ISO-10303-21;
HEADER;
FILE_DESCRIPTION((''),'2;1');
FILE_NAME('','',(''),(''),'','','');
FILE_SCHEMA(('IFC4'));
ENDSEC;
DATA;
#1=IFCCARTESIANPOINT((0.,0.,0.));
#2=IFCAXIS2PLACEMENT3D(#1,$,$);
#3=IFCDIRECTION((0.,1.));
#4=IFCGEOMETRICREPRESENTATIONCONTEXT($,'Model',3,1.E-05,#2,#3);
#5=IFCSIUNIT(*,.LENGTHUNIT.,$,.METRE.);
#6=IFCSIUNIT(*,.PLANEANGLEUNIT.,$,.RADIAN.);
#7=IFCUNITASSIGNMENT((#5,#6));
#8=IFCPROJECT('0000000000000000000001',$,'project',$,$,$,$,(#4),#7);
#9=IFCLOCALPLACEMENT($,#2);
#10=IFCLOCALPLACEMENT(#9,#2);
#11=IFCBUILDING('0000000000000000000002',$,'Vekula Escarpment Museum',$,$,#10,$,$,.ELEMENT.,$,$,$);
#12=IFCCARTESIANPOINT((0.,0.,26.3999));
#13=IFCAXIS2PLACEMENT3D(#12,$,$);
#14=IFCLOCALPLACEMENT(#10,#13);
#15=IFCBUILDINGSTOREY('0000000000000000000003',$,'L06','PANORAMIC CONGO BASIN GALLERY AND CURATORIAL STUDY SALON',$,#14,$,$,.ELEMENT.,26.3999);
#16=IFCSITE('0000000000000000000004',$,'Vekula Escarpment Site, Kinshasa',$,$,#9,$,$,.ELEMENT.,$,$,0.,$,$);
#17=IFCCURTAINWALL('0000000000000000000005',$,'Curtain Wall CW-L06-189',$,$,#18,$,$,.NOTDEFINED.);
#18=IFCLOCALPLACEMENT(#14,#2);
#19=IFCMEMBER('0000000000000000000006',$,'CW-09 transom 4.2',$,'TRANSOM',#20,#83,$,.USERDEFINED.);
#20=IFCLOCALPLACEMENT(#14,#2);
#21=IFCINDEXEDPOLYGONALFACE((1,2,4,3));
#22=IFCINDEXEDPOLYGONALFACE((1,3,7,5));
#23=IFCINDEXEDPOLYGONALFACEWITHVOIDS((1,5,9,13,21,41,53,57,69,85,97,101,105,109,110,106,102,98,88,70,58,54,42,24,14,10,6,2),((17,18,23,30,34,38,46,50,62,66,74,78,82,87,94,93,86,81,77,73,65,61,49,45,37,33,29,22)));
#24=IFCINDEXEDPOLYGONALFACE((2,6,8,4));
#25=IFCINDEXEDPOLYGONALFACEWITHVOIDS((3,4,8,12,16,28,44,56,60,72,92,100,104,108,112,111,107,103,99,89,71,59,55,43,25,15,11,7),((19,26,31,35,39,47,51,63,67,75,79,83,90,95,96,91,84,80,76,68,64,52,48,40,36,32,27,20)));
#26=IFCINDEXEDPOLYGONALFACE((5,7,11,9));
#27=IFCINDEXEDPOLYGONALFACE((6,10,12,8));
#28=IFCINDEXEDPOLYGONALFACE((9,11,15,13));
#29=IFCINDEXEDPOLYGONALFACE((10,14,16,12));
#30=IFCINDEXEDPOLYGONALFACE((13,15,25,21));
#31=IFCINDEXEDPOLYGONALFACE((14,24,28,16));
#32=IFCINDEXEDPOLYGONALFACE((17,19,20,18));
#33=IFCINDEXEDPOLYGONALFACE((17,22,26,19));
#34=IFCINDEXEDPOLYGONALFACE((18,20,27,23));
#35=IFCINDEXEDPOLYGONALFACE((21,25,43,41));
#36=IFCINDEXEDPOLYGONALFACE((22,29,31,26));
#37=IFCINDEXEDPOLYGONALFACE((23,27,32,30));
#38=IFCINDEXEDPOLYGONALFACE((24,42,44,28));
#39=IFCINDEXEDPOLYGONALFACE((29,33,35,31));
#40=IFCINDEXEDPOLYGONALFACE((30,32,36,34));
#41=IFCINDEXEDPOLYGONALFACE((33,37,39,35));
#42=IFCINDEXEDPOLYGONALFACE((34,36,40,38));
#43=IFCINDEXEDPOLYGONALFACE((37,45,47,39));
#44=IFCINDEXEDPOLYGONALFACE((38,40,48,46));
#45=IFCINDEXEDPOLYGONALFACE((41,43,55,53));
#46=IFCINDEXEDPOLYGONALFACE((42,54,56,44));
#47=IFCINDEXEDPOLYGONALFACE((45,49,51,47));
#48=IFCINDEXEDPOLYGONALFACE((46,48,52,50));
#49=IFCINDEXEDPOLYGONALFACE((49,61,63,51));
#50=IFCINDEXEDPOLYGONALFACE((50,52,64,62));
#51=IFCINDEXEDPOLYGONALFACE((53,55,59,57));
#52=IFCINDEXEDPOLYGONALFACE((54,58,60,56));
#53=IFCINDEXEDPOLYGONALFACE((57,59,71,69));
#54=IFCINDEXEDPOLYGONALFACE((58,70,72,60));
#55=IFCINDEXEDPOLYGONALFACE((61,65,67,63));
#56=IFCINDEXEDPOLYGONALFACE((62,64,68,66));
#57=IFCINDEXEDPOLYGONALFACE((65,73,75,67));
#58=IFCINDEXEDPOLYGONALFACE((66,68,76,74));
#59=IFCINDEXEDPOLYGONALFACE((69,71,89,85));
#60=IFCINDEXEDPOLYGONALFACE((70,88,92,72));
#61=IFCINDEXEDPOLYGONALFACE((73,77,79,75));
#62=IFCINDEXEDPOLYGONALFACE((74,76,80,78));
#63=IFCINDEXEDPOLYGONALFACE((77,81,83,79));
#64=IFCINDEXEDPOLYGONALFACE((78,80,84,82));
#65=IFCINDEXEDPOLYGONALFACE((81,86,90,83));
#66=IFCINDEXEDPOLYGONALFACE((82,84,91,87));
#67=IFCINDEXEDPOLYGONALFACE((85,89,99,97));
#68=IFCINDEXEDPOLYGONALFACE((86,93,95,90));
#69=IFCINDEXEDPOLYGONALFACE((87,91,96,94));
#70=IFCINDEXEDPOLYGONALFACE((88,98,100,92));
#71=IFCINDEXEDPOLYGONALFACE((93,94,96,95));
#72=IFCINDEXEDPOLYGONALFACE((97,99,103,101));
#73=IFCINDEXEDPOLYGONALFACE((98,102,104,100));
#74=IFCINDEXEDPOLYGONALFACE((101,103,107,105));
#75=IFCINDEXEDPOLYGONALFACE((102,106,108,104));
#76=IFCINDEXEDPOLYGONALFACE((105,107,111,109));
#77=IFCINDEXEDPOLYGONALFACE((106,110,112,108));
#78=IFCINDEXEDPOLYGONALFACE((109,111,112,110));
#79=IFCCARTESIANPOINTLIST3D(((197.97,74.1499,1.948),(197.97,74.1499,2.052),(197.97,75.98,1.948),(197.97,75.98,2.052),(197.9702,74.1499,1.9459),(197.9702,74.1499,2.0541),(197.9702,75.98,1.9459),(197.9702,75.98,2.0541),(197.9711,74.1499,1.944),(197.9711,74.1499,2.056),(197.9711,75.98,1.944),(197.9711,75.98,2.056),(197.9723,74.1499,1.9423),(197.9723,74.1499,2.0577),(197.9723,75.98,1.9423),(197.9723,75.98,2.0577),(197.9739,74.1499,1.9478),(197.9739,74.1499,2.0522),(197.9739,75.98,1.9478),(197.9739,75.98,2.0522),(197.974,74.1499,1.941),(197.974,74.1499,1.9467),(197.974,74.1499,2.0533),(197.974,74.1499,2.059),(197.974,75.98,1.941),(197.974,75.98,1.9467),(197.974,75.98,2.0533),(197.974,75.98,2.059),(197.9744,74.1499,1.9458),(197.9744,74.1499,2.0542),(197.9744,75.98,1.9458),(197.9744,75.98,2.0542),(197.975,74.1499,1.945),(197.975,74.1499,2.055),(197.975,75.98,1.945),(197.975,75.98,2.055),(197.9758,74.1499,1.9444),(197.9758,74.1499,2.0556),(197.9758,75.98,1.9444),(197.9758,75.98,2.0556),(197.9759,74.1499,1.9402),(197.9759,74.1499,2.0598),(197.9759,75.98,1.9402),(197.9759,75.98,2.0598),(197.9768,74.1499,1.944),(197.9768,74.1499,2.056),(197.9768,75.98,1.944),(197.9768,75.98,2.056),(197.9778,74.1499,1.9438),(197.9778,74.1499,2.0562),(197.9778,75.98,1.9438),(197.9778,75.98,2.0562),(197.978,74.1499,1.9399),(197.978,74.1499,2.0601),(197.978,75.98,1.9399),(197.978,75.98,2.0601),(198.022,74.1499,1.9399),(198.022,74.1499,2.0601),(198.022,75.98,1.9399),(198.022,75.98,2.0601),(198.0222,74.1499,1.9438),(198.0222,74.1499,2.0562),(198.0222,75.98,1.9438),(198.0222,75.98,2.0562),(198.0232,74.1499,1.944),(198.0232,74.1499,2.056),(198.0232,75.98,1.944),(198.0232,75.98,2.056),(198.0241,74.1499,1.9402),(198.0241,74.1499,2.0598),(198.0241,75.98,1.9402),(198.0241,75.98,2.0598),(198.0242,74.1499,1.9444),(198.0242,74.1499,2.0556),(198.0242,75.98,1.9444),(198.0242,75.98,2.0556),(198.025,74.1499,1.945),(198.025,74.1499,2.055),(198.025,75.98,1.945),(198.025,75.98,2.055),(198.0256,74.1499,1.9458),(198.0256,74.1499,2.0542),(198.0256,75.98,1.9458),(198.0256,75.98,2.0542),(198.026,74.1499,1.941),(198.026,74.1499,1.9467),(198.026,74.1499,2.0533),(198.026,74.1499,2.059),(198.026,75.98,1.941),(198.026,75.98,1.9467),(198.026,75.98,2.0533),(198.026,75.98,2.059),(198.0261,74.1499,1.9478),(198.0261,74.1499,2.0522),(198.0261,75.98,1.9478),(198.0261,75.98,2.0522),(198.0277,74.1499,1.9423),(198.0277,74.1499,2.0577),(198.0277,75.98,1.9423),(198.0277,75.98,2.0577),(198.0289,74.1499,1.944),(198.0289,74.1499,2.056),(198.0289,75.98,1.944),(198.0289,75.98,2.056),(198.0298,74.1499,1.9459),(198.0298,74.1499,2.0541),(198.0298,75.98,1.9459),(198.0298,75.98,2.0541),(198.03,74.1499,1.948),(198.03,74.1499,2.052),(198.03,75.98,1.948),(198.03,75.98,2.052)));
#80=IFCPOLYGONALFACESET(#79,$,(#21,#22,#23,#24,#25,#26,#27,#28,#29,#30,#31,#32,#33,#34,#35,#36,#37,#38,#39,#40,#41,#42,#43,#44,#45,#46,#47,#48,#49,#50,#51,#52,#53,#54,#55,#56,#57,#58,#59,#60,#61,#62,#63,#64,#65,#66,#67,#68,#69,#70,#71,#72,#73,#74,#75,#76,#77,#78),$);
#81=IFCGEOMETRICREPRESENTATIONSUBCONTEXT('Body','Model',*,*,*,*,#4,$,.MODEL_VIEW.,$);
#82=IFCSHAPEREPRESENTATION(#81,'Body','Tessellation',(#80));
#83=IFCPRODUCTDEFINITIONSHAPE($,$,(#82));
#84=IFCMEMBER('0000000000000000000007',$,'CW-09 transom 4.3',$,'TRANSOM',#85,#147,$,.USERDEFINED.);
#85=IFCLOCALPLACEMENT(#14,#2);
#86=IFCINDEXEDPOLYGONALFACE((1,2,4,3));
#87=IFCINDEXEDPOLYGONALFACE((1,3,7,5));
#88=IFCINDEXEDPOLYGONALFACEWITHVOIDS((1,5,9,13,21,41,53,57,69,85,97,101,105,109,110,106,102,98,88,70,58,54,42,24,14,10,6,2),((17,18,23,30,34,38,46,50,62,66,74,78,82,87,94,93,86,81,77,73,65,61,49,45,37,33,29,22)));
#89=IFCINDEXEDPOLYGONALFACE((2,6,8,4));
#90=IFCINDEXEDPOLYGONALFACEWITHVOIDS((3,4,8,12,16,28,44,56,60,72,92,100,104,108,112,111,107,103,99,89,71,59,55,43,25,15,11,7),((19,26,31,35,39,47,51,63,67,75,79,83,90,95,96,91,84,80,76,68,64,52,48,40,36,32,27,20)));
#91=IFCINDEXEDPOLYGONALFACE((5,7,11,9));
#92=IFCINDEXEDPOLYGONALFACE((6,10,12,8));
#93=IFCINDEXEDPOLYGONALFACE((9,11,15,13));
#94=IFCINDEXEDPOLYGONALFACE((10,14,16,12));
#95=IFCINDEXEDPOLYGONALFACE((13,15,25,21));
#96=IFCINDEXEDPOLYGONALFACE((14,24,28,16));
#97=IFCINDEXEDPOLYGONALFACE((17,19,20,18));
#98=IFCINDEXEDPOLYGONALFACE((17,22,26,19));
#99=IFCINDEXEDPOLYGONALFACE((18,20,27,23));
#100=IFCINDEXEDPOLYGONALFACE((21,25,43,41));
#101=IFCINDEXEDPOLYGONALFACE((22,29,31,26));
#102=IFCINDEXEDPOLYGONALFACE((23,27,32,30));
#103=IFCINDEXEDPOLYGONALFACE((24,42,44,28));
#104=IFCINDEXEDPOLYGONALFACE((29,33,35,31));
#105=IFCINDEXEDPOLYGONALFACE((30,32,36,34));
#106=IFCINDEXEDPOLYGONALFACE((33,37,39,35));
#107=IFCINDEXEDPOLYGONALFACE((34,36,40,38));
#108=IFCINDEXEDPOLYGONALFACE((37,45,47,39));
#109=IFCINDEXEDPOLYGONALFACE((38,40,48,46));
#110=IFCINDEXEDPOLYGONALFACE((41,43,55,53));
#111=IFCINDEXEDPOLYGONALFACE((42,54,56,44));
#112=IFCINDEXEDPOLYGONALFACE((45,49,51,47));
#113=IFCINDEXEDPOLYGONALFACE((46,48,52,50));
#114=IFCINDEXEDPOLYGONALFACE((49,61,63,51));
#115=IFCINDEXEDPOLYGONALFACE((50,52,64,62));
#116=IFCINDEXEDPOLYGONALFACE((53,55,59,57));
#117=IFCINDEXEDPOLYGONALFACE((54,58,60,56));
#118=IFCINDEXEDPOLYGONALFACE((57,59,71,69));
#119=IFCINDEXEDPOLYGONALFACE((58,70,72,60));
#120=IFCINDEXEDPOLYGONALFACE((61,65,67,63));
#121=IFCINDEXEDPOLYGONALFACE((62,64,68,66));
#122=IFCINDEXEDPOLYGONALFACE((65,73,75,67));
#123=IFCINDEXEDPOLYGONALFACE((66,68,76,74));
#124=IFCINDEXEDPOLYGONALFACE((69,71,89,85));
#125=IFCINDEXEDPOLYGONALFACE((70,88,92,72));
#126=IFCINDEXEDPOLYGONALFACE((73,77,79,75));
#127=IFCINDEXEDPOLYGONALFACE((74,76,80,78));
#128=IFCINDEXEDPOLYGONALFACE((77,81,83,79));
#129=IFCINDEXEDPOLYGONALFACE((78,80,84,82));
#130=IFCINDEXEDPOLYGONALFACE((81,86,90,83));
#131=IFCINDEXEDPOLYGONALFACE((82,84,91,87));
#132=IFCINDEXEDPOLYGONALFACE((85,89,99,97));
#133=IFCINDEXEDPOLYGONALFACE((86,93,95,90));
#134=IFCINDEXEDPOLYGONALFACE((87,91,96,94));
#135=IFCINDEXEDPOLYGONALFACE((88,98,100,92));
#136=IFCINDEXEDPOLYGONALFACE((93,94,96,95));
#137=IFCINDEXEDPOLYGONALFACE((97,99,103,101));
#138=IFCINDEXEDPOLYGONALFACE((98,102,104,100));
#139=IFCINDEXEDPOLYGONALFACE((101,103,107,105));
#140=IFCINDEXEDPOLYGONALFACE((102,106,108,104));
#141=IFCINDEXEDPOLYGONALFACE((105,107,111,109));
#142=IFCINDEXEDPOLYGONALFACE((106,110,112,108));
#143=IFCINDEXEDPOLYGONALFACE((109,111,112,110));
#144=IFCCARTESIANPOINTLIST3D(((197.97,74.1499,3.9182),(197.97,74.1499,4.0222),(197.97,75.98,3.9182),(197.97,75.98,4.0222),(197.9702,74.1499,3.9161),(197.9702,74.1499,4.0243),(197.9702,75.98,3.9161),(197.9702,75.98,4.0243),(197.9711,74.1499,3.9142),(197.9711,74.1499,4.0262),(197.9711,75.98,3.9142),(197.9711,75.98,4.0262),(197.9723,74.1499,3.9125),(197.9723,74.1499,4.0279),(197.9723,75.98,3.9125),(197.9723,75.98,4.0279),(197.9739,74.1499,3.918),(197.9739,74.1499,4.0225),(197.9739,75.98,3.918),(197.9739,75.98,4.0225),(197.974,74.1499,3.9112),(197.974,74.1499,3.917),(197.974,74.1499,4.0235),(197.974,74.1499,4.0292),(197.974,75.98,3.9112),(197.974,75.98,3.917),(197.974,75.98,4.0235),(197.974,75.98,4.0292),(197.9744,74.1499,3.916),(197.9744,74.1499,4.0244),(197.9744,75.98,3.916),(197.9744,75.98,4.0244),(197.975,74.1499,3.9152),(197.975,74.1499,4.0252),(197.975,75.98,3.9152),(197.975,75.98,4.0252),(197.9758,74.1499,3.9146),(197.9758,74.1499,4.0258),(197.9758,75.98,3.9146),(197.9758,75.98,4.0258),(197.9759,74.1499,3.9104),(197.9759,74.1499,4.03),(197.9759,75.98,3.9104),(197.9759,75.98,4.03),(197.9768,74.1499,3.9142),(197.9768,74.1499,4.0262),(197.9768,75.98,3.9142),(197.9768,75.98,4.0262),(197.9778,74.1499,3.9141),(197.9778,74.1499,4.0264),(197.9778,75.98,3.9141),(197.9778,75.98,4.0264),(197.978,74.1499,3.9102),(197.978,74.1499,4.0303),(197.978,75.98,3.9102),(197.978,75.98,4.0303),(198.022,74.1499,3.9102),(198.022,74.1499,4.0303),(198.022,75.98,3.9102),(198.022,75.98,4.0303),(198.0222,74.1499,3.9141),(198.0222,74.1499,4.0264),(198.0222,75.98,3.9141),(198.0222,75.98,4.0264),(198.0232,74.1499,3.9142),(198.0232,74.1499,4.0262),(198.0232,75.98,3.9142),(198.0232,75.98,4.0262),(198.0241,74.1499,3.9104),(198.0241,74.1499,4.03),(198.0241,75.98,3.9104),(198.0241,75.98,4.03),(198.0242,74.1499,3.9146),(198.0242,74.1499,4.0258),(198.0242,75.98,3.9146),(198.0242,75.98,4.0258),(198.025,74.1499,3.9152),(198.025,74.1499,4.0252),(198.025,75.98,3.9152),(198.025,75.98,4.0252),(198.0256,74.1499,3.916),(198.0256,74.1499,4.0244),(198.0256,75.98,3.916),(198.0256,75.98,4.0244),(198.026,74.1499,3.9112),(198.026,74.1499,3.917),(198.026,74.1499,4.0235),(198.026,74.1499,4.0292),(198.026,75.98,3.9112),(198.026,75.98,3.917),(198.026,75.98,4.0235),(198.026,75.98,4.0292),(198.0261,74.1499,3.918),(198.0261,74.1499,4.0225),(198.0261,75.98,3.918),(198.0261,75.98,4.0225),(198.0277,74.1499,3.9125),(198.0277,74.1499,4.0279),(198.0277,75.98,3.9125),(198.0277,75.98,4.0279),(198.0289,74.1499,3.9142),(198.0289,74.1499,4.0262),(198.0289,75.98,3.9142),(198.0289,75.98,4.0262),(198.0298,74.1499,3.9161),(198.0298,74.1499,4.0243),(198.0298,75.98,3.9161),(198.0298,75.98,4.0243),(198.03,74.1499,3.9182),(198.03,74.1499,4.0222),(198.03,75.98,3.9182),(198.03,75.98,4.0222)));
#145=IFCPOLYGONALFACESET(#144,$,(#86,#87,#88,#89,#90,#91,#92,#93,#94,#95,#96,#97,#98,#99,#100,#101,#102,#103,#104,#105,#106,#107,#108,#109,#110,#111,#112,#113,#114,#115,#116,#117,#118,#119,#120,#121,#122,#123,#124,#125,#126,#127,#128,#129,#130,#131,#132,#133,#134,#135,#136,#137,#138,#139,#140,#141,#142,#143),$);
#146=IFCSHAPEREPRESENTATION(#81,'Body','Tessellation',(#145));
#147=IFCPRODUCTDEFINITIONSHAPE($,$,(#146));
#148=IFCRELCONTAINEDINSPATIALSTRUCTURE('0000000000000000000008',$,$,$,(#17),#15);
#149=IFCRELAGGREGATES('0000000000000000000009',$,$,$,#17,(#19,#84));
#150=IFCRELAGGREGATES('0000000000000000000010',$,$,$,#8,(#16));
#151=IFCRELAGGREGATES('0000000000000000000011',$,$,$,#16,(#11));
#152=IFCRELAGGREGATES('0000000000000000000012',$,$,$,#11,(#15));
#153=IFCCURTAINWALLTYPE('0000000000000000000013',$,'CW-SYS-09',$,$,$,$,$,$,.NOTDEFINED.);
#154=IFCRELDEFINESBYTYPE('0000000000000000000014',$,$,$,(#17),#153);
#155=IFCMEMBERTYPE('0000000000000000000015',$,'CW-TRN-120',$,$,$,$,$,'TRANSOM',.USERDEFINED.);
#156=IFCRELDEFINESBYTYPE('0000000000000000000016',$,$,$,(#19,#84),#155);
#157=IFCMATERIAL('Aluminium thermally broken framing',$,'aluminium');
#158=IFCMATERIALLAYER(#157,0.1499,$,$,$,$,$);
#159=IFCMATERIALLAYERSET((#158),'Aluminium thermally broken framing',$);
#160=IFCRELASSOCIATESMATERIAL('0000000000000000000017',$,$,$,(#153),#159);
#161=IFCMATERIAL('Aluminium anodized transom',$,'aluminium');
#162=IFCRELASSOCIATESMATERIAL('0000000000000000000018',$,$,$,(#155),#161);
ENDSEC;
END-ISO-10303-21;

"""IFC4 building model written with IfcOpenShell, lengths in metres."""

from ifc_helpers import new_model, si_unit, direction, frame, origin, origin_2d, place, context, subcontext, project, spatial, hollow_rectangle, extrude, material, layer, layer_set, material_profile, profile_set, type_object, element, aggregate, save


model = new_model("IFC4")

# Units and contexts
model_context = context("Model", 3, precision=1e-05, world=origin(), true_north=direction((0.0, 1.0)))
body_context = subcontext(model_context, "Body", "Model", "MODEL_VIEW")
ifc_project = project(units=[si_unit("LENGTHUNIT", "METRE"), si_unit("PLANEANGLEUNIT", "RADIAN")], contexts=[model_context])

# Site, building, storey
site_placement = place(None, origin())
site = spatial("IfcSite", under=ifc_project, at=site_placement, Name="Vekula Escarpment Site, Kinshasa", CompositionType="ELEMENT", RefElevation=0.0)
building_placement = place(site_placement, origin())
building = spatial("IfcBuilding", under=site, at=building_placement, Name="Vekula Escarpment Museum", CompositionType="ELEMENT")
storey_placement = place(building_placement, frame((0.0, 0.0, 26.3999)))
storey = spatial("IfcBuildingStorey", under=building, at=storey_placement, Name="L06", Description="PANORAMIC CONGO BASIN GALLERY AND CURATORIAL STUDY SALON", CompositionType="ELEMENT", Elevation=26.3999)

# Curtain wall, members
ifc_material_1 = material(Name="Aluminium thermally broken framing", Category="aluminium")
ifc_layer_1 = layer(ifc_material_1, 0.1499)
ifc_layer_set_1 = layer_set([ifc_layer_1], Name="Aluminium thermally broken framing")
curtain_wall_type = type_object("IfcCurtainWallType", Name="CW-SYS-09", PredefinedType="NOTDEFINED", material=ifc_layer_set_1)
curtain_wall_placement = place(storey_placement, origin())
curtain_wall = element("IfcCurtainWall", 1, at=curtain_wall_placement, inside=storey, type_object=curtain_wall_type, Name="Curtain Wall CW-L06-189", PredefinedType="NOTDEFINED")
ifc_material_2 = material(Name="Aluminium anodized transom", Category="aluminium")
ifc_material_profile_1 = material_profile(ifc_material_2, hollow_rectangle(XDim=0.0601, YDim=0.1201, WallThickness=0.0039, InnerFilletRadius=0.0039, OuterFilletRadius=0.0081, at=origin_2d()), Name="ALU 120x60x4")
ifc_profile_set_1 = profile_set([ifc_material_profile_1], Name="Aluminium anodized transom")
member_type_1 = type_object("IfcMemberType", Name="CW-TRN-120", ElementType="TRANSOM", PredefinedType="USERDEFINED", material=ifc_profile_set_1)
member_1_placement = place(storey_placement, frame((198.0, 74.1499, 2.0), z_axis=(0.0, 1.0, 0.0), x_axis=(-1.0, 0.0, 0.0)))
member_1 = element("IfcMember", 2, at=member_1_placement, type_object=member_type_1, Name="CW-09 transom 4.2", ObjectType="TRANSOM", PredefinedType="USERDEFINED", context=body_context, shape_type="SweptSolid", body=[
    extrude(hollow_rectangle(XDim=0.0601, YDim=0.1201, WallThickness=0.0039, InnerFilletRadius=0.0039, OuterFilletRadius=0.0081, at=origin_2d()), origin(), (0.0, 0.0, 1.0), 1.8301),
])
member_2_placement = place(storey_placement, frame((198.0, 74.1499, 3.9702), z_axis=(0.0, 1.0, 0.0), x_axis=(-1.0, 0.0, 0.0)))
member_2 = element("IfcMember", 3, at=member_2_placement, type_object=member_type_1, Name="CW-09 transom 4.3", ObjectType="TRANSOM", PredefinedType="USERDEFINED", context=body_context, shape_type="SweptSolid", body=[
    extrude(hollow_rectangle(XDim=0.0601, YDim=0.1201, WallThickness=0.0039, InnerFilletRadius=0.0039, OuterFilletRadius=0.0081, at=origin_2d()), origin(), (0.0, 0.0, 1.0), 1.8301),
])

aggregate(curtain_wall, [member_1, member_2])

save(model, "model.ifc")
